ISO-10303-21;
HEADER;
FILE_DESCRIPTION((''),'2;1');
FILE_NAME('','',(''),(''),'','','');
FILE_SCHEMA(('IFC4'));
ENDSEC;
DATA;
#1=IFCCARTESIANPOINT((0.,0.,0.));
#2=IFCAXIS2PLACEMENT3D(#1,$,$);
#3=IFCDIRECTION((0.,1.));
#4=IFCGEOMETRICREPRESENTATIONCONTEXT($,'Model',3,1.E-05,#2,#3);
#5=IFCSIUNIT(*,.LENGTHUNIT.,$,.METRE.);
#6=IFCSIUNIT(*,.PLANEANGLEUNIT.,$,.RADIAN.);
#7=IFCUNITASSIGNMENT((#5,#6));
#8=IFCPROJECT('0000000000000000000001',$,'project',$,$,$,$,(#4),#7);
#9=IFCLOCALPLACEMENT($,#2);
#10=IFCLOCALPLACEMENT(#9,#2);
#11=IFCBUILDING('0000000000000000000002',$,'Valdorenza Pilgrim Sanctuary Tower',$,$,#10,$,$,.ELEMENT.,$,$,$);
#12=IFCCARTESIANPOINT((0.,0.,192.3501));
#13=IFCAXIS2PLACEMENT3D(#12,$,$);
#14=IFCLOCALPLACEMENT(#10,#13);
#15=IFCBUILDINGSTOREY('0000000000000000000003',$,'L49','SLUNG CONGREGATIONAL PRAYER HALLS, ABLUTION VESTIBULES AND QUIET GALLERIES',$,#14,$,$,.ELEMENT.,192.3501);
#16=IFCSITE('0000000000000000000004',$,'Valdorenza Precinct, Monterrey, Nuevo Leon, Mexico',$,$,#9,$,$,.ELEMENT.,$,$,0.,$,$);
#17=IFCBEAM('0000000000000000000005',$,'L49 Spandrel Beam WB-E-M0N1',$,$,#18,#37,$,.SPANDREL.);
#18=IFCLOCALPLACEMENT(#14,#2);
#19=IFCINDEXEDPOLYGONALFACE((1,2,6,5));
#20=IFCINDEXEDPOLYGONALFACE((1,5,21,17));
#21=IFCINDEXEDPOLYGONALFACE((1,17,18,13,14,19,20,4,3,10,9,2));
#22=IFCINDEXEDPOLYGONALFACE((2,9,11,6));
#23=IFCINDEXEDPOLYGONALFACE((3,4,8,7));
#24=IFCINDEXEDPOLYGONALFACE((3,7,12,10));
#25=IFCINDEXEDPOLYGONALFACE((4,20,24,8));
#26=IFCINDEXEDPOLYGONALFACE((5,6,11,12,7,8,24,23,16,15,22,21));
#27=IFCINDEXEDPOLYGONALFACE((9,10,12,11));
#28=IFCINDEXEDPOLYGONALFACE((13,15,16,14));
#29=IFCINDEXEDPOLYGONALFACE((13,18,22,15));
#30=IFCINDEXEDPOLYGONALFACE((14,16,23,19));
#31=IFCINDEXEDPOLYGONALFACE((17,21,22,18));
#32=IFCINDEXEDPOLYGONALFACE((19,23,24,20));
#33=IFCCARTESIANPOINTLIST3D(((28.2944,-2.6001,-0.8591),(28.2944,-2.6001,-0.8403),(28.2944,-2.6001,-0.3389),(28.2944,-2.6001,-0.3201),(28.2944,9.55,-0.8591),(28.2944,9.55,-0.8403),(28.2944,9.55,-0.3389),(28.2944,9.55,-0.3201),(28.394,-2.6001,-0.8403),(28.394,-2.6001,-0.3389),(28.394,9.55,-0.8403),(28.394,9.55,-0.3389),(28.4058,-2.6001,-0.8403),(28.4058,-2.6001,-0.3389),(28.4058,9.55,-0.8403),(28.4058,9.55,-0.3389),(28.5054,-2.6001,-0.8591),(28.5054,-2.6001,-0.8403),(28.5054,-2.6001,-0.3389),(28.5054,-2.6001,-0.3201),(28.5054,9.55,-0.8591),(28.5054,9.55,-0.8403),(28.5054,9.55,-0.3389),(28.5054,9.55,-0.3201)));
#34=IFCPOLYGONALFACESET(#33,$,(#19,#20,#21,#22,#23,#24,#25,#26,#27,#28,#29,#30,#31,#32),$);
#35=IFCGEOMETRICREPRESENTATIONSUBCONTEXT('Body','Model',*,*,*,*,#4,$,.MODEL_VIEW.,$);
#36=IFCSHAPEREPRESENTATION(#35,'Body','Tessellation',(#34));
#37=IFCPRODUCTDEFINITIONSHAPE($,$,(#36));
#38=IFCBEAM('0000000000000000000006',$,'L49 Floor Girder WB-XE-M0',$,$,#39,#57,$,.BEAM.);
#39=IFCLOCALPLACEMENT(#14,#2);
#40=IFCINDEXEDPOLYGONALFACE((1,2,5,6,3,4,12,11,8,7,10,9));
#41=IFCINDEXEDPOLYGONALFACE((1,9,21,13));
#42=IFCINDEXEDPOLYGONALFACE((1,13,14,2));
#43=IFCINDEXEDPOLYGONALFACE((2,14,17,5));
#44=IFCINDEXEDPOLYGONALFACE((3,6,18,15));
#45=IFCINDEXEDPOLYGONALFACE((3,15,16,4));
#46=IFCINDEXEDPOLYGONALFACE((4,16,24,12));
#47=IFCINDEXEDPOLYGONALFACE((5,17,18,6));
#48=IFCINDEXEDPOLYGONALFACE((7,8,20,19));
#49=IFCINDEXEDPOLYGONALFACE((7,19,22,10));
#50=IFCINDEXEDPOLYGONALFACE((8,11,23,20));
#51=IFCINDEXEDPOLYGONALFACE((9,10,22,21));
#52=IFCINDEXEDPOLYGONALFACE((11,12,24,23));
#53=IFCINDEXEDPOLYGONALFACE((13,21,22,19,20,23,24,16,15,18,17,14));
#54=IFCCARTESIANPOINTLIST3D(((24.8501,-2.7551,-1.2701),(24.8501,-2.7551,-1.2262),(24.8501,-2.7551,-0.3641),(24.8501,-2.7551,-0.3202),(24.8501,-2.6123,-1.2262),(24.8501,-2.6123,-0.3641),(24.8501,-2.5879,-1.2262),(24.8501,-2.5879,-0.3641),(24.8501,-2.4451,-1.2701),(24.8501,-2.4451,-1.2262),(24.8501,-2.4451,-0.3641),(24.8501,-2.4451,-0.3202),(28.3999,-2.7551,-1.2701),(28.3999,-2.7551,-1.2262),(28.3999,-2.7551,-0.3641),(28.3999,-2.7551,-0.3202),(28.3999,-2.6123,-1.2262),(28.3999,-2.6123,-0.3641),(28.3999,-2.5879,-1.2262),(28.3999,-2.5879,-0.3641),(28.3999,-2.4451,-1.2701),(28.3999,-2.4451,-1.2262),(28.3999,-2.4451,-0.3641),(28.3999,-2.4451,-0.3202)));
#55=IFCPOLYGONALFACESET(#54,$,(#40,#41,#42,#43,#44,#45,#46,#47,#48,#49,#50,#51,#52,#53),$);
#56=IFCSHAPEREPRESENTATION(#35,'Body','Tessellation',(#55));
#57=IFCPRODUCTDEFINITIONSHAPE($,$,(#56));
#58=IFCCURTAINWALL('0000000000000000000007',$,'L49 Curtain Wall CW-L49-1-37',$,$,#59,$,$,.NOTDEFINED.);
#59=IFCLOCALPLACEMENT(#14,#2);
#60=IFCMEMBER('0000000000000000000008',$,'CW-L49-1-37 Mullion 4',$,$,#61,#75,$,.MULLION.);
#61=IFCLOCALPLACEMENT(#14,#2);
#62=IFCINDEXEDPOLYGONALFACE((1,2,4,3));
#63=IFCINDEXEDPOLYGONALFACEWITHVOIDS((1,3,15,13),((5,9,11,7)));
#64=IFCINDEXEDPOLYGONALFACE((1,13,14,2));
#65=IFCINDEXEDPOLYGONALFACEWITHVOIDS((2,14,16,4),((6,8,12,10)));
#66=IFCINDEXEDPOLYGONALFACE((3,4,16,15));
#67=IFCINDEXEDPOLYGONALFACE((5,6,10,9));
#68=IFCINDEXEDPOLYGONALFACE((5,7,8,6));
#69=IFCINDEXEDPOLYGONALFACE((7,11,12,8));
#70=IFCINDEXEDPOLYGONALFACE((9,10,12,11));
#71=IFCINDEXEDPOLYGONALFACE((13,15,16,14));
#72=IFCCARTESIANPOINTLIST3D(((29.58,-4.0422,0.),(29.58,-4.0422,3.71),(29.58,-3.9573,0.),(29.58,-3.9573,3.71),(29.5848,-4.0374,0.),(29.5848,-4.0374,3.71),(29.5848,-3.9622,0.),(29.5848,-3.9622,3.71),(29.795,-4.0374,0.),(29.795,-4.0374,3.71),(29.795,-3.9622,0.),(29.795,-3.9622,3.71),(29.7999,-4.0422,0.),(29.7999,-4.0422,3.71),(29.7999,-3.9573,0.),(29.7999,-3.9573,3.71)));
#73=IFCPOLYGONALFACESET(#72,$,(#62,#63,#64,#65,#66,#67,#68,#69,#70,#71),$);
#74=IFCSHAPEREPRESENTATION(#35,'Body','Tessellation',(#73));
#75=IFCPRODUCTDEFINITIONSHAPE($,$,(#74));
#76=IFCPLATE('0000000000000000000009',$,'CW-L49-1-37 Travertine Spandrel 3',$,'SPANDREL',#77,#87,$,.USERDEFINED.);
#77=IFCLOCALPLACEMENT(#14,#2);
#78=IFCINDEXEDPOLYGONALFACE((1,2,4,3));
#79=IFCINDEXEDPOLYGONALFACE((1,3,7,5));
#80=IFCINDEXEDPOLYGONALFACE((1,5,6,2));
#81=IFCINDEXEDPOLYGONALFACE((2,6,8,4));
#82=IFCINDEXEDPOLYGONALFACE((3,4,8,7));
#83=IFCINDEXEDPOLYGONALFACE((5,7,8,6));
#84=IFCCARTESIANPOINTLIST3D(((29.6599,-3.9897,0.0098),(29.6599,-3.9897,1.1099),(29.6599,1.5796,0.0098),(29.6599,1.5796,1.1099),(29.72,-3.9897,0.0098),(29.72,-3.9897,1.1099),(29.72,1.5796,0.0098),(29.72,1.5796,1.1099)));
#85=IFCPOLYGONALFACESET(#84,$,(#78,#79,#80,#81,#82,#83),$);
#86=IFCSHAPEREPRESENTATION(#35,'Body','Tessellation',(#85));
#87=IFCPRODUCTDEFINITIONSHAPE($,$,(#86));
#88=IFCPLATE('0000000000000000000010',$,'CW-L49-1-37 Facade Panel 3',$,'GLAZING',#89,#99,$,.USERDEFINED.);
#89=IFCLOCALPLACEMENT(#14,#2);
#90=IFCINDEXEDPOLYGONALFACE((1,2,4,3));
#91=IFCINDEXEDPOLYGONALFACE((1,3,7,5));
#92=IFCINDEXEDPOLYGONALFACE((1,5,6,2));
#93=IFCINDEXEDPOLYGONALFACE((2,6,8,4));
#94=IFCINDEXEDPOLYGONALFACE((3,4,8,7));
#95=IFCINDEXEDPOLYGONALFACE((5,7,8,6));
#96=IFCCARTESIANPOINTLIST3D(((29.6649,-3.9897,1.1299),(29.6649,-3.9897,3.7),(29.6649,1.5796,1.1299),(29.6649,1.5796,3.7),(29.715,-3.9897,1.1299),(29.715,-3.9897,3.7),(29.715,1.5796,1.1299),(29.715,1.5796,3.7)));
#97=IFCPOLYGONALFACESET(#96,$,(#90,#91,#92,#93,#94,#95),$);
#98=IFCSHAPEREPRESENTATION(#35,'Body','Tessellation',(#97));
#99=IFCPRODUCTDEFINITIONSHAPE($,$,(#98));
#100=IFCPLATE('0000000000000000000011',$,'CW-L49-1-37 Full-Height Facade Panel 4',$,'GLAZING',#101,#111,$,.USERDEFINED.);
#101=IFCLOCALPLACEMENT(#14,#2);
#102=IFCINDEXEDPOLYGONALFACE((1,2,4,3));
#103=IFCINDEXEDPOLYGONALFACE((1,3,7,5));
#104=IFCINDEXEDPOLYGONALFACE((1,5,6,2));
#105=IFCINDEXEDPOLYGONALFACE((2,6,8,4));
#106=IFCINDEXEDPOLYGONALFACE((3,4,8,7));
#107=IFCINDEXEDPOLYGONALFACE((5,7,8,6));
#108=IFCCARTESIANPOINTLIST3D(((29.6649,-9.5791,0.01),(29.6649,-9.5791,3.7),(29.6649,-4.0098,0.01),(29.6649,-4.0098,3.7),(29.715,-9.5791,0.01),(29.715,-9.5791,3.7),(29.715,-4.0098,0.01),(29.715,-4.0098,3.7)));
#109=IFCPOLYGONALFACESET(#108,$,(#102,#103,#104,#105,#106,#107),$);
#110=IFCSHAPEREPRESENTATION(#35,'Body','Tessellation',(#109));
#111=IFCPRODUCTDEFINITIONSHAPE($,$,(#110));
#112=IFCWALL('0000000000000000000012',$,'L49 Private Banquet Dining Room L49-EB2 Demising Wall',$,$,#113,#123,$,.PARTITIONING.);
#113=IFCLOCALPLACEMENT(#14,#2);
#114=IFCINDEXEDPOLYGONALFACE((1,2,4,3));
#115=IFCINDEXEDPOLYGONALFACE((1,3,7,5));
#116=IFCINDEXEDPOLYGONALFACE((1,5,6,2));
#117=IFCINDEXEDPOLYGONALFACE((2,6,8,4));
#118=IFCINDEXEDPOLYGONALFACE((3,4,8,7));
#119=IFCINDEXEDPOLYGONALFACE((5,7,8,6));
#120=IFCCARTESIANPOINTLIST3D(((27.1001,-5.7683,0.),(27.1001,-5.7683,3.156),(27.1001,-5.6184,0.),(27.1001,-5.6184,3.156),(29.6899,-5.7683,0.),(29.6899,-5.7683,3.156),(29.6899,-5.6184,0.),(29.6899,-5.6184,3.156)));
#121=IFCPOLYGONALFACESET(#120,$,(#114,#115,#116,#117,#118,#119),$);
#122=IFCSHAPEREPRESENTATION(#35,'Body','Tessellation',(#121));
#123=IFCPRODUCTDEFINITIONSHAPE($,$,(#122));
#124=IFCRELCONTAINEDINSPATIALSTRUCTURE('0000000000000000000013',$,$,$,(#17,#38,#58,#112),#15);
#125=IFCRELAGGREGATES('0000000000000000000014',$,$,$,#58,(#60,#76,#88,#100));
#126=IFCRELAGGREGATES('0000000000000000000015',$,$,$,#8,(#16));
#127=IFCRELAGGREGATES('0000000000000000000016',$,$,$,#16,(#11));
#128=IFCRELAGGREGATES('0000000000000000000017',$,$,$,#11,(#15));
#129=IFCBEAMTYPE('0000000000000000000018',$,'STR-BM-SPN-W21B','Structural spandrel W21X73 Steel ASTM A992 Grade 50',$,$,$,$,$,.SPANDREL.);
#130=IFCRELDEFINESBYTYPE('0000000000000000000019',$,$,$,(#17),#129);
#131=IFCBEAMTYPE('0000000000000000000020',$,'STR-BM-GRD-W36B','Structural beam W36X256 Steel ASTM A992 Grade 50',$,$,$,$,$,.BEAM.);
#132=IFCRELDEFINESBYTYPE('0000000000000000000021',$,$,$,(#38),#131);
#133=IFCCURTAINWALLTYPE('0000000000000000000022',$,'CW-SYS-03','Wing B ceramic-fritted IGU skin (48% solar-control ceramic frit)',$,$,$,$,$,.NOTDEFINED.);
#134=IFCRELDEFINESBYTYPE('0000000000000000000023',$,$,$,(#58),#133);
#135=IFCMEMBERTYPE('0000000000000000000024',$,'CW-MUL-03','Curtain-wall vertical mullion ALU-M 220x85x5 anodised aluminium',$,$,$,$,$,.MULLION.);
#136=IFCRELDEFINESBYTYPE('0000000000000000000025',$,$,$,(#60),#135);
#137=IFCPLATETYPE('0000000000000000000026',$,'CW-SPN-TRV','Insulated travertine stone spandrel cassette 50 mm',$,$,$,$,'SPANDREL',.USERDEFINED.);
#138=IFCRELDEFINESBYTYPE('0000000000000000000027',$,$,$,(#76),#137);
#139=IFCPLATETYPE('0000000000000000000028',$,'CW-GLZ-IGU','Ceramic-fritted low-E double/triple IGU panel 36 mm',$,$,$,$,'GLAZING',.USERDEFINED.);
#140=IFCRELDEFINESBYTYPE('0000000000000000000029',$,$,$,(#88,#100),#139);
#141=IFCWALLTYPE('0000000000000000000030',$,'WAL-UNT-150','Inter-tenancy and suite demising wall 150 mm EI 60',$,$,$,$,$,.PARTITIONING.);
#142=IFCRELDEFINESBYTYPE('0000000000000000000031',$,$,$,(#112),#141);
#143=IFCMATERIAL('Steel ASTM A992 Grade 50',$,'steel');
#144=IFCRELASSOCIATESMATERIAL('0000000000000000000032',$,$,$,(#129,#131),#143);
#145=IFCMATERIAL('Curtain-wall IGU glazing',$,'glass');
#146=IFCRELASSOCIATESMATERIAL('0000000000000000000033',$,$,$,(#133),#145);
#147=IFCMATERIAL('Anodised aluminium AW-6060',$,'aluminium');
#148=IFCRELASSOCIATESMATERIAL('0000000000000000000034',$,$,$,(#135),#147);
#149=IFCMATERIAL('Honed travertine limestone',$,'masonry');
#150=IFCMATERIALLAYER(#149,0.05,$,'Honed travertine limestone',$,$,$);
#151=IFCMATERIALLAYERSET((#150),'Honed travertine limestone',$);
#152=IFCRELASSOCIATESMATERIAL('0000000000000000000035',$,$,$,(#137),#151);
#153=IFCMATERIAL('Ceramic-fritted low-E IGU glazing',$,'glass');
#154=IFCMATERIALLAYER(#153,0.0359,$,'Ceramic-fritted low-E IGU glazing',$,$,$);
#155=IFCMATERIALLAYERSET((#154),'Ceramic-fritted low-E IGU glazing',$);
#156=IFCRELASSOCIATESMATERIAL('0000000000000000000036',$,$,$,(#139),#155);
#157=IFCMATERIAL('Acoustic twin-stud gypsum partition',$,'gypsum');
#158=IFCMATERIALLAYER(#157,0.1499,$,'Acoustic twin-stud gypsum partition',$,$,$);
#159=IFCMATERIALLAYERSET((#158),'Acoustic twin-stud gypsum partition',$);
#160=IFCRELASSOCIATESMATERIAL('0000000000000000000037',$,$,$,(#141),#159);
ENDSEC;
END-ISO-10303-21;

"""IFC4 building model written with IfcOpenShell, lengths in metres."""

from ifc_helpers import new_model, si_unit, direction, frame, frame_2d, origin, origin_2d, place, context, subcontext, project, spatial, rectangle, hollow_rectangle, i_section, extrude, source, transform, mapped, material, layer, layer_set, material_profile, profile_set, type_object, element, aggregate, save


model = new_model("IFC4")

# Units and contexts
model_context = context("Model", 3, precision=1e-05, world=origin(), true_north=direction((0.0, 1.0)))
body_context = subcontext(model_context, "Body", "Model", "MODEL_VIEW")
ifc_project = project(units=[si_unit("LENGTHUNIT", "METRE"), si_unit("PLANEANGLEUNIT", "RADIAN")], contexts=[model_context])

# Site, building, storey
site_placement = place(None, origin())
site = spatial("IfcSite", under=ifc_project, at=site_placement, Name="Valdorenza Precinct, Monterrey, Nuevo Leon, Mexico", CompositionType="ELEMENT", RefElevation=0.0)
building_placement = place(site_placement, origin())
building = spatial("IfcBuilding", under=site, at=building_placement, Name="Valdorenza Pilgrim Sanctuary Tower", CompositionType="ELEMENT")
storey_placement = place(building_placement, frame((0.0, 0.0, 192.3501)))
storey = spatial("IfcBuildingStorey", under=building, at=storey_placement, Name="L49", Description="SLUNG CONGREGATIONAL PRAYER HALLS, ABLUTION VESTIBULES AND QUIET GALLERIES", CompositionType="ELEMENT", Elevation=192.3501)

# Shared definitions
ifc_material_1 = material(Name="Steel ASTM A992 Grade 50", Category="steel")

# Beams
ifc_material_profile_1 = material_profile(ifc_material_1, i_section(OverallWidth=0.2109, OverallDepth=0.5391, WebThickness=0.0117, FlangeThickness=0.0188, at=origin_2d()), Name="W21X73")
ifc_profile_set_1 = profile_set([ifc_material_profile_1], Name="Steel ASTM A992 Grade 50")
beam_type_1 = type_object("IfcBeamType", Name="STR-BM-SPN-W21B", Description="Structural spandrel W21X73 Steel ASTM A992 Grade 50", PredefinedType="SPANDREL", material=ifc_profile_set_1)
shared_shape_1 = source(origin(), body_context, "Body", "SweptSolid", [
    extrude(i_section(OverallWidth=0.2109, OverallDepth=0.5391, WebThickness=0.0117, FlangeThickness=0.0188, at=origin_2d()), origin(), (0.0, 0.0, 1.0), 12.1501),
])
beam_1_placement = place(storey_placement, frame((28.3999, -2.6001, -0.5896), z_axis=(0.0, 1.0, 0.0), x_axis=(-1.0, 0.0, 0.0)))
element("IfcBeam", 1, at=beam_1_placement, inside=storey, type_object=beam_type_1, Name="L49 Spandrel Beam WB-E-M0N1", PredefinedType="SPANDREL", context=body_context, shape_type="MappedRepresentation", body=[
    mapped(shared_shape_1, transform((0.0, 0.0, 0.0), x_axis=(1.0, 0.0, 0.0), y_axis=(0.0, 1.0, 0.0), z_axis=(0.0, 0.0, 1.0), scale=1.0)),
])
ifc_material_profile_2 = material_profile(ifc_material_1, i_section(OverallWidth=0.3101, OverallDepth=0.95, WebThickness=0.0244, FlangeThickness=0.0439, at=origin_2d()), Name="W36X256")
ifc_profile_set_2 = profile_set([ifc_material_profile_2], Name="Steel ASTM A992 Grade 50")
beam_type_2 = type_object("IfcBeamType", Name="STR-BM-GRD-W36B", Description="Structural beam W36X256 Steel ASTM A992 Grade 50", PredefinedType="BEAM", material=ifc_profile_set_2)
shared_shape_2 = source(origin(), body_context, "Body", "SweptSolid", [
    extrude(i_section(OverallWidth=0.3101, OverallDepth=0.95, WebThickness=0.0244, FlangeThickness=0.0439, at=origin_2d()), origin(), (0.0, 0.0, 1.0), 3.5498),
])
beam_2_placement = place(storey_placement, frame((24.8501, -2.6001, -0.7952), z_axis=(1.0, 0.0, 0.0), x_axis=(0.0, 1.0, 0.0)))
element("IfcBeam", 2, at=beam_2_placement, inside=storey, type_object=beam_type_2, Name="L49 Floor Girder WB-XE-M0", PredefinedType="BEAM", context=body_context, shape_type="MappedRepresentation", body=[
    mapped(shared_shape_2, transform((0.0, 0.0, 0.0), x_axis=(1.0, 0.0, 0.0), y_axis=(0.0, 1.0, 0.0), z_axis=(0.0, 0.0, 1.0), scale=1.0)),
])

# Curtain wall, member, plates
ifc_material_2 = material(Name="Curtain-wall IGU glazing", Category="glass")
curtain_wall_type = type_object("IfcCurtainWallType", Name="CW-SYS-03", Description="Wing B ceramic-fritted IGU skin (48% solar-control ceramic frit)", PredefinedType="NOTDEFINED", material=ifc_material_2)
curtain_wall_placement = place(storey_placement, origin())
curtain_wall = element("IfcCurtainWall", 3, at=curtain_wall_placement, inside=storey, type_object=curtain_wall_type, Name="L49 Curtain Wall CW-L49-1-37", PredefinedType="NOTDEFINED")
ifc_material_3 = material(Name="Anodised aluminium AW-6060", Category="aluminium")
ifc_material_profile_3 = material_profile(ifc_material_3, hollow_rectangle(XDim=0.085, YDim=0.22, WallThickness=0.0049, at=origin_2d()), Name="ALU-M 220x85x5")
ifc_profile_set_3 = profile_set([ifc_material_profile_3], Name="Anodised aluminium AW-6060")
member_type = type_object("IfcMemberType", Name="CW-MUL-03", Description="Curtain-wall vertical mullion ALU-M 220x85x5 anodised aluminium", PredefinedType="MULLION", material=ifc_profile_set_3)
shared_shape_3 = source(origin(), body_context, "Body", "SweptSolid", [
    extrude(hollow_rectangle(XDim=0.085, YDim=0.22, WallThickness=0.0049, at=origin_2d()), origin(), (0.0, 0.0, 1.0), 3.71),
])
member_placement = place(storey_placement, frame((29.6899, -3.9998, 0.0), z_axis=(0.0, 0.0, 1.0), x_axis=(0.0, -1.0, 0.0)))
member = element("IfcMember", 4, at=member_placement, type_object=member_type, Name="CW-L49-1-37 Mullion 4", PredefinedType="MULLION", context=body_context, shape_type="MappedRepresentation", body=[
    mapped(shared_shape_3, transform((0.0, 0.0, 0.0), x_axis=(1.0, 0.0, 0.0), y_axis=(0.0, 1.0, 0.0), z_axis=(0.0, 0.0, 1.0), scale=1.0)),
])
ifc_material_4 = material(Name="Honed travertine limestone", Category="masonry")
ifc_layer_1 = layer(ifc_material_4, 0.05, Name="Honed travertine limestone")
ifc_layer_set_1 = layer_set([ifc_layer_1], Name="Honed travertine limestone")
plate_type_1 = type_object("IfcPlateType", Name="CW-SPN-TRV", Description="Insulated travertine stone spandrel cassette 50 mm", ElementType="SPANDREL", PredefinedType="USERDEFINED", material=ifc_layer_set_1)
shared_shape_4 = source(origin(), body_context, "Body", "SweptSolid", [
    extrude(rectangle(XDim=5.5693, YDim=0.0601, at=origin_2d()), origin(), (0.0, 0.0, 1.0), 1.1001),
])
plate_1_placement = place(storey_placement, frame((29.6899, -1.2051, 0.0098), z_axis=(0.0, 0.0, 1.0), x_axis=(0.0, -1.0, 0.0)))
plate_1 = element("IfcPlate", 5, at=plate_1_placement, type_object=plate_type_1, Name="CW-L49-1-37 Travertine Spandrel 3", ObjectType="SPANDREL", PredefinedType="USERDEFINED", context=body_context, shape_type="MappedRepresentation", body=[
    mapped(shared_shape_4, transform((0.0, 0.0, 0.0), x_axis=(1.0, 0.0, 0.0), y_axis=(0.0, 1.0, 0.0), z_axis=(0.0, 0.0, 1.0), scale=1.0)),
])
ifc_material_5 = material(Name="Ceramic-fritted low-E IGU glazing", Category="glass")
ifc_layer_2 = layer(ifc_material_5, 0.0359, Name="Ceramic-fritted low-E IGU glazing")
ifc_layer_set_2 = layer_set([ifc_layer_2], Name="Ceramic-fritted low-E IGU glazing")
plate_type_2 = type_object("IfcPlateType", Name="CW-GLZ-IGU", Description="Ceramic-fritted low-E double/triple IGU panel 36 mm", ElementType="GLAZING", PredefinedType="USERDEFINED", material=ifc_layer_set_2)
shared_shape_5 = source(origin(), body_context, "Body", "SweptSolid", [
    extrude(rectangle(XDim=5.5693, YDim=0.05, at=origin_2d()), origin(), (0.0, 0.0, 1.0), 2.5701),
])
plate_2_placement = place(storey_placement, frame((29.6899, -1.2051, 1.1299), z_axis=(0.0, 0.0, 1.0), x_axis=(0.0, -1.0, 0.0)))
plate_2 = element("IfcPlate", 6, at=plate_2_placement, type_object=plate_type_2, Name="CW-L49-1-37 Facade Panel 3", ObjectType="GLAZING", PredefinedType="USERDEFINED", context=body_context, shape_type="MappedRepresentation", body=[
    mapped(shared_shape_5, transform((0.0, 0.0, 0.0), x_axis=(1.0, 0.0, 0.0), y_axis=(0.0, 1.0, 0.0), z_axis=(0.0, 0.0, 1.0), scale=1.0)),
])
shared_shape_6 = source(origin(), body_context, "Body", "SweptSolid", [
    extrude(rectangle(XDim=5.5693, YDim=0.05, at=origin_2d()), origin(), (0.0, 0.0, 1.0), 3.6899),
])
plate_3_placement = place(storey_placement, frame((29.6899, -6.7944, 0.01), z_axis=(0.0, 0.0, 1.0), x_axis=(0.0, -1.0, 0.0)))
plate_3 = element("IfcPlate", 7, at=plate_3_placement, type_object=plate_type_2, Name="CW-L49-1-37 Full-Height Facade Panel 4", ObjectType="GLAZING", PredefinedType="USERDEFINED", context=body_context, shape_type="MappedRepresentation", body=[
    mapped(shared_shape_6, transform((0.0, 0.0, 0.0), x_axis=(1.0, 0.0, 0.0), y_axis=(0.0, 1.0, 0.0), z_axis=(0.0, 0.0, 1.0), scale=1.0)),
])
aggregate(curtain_wall, [member, plate_1, plate_2, plate_3])

# Wall
ifc_material_6 = material(Name="Acoustic twin-stud gypsum partition", Category="gypsum")
ifc_layer_3 = layer(ifc_material_6, 0.1499, Name="Acoustic twin-stud gypsum partition")
ifc_layer_set_3 = layer_set([ifc_layer_3], Name="Acoustic twin-stud gypsum partition")
wall_type = type_object("IfcWallType", Name="WAL-UNT-150", Description="Inter-tenancy and suite demising wall 150 mm EI 60", PredefinedType="PARTITIONING", material=ifc_layer_set_3)
wall_placement = place(storey_placement, frame((27.1001, -5.6934, 0.0), z_axis=(0.0, 0.0, 1.0), x_axis=(1.0, 0.0, 0.0)))
element("IfcWall", 8, at=wall_placement, inside=storey, type_object=wall_type, Name="L49 Private Banquet Dining Room L49-EB2 Demising Wall", PredefinedType="PARTITIONING", context=body_context, shape_type="SweptSolid", body=[
    extrude(rectangle(XDim=2.5898, YDim=0.1499, at=frame_2d((1.2949, 0.0))), origin(), (0.0, 0.0, 1.0), 3.156),
])

save(model, "model.ifc")
